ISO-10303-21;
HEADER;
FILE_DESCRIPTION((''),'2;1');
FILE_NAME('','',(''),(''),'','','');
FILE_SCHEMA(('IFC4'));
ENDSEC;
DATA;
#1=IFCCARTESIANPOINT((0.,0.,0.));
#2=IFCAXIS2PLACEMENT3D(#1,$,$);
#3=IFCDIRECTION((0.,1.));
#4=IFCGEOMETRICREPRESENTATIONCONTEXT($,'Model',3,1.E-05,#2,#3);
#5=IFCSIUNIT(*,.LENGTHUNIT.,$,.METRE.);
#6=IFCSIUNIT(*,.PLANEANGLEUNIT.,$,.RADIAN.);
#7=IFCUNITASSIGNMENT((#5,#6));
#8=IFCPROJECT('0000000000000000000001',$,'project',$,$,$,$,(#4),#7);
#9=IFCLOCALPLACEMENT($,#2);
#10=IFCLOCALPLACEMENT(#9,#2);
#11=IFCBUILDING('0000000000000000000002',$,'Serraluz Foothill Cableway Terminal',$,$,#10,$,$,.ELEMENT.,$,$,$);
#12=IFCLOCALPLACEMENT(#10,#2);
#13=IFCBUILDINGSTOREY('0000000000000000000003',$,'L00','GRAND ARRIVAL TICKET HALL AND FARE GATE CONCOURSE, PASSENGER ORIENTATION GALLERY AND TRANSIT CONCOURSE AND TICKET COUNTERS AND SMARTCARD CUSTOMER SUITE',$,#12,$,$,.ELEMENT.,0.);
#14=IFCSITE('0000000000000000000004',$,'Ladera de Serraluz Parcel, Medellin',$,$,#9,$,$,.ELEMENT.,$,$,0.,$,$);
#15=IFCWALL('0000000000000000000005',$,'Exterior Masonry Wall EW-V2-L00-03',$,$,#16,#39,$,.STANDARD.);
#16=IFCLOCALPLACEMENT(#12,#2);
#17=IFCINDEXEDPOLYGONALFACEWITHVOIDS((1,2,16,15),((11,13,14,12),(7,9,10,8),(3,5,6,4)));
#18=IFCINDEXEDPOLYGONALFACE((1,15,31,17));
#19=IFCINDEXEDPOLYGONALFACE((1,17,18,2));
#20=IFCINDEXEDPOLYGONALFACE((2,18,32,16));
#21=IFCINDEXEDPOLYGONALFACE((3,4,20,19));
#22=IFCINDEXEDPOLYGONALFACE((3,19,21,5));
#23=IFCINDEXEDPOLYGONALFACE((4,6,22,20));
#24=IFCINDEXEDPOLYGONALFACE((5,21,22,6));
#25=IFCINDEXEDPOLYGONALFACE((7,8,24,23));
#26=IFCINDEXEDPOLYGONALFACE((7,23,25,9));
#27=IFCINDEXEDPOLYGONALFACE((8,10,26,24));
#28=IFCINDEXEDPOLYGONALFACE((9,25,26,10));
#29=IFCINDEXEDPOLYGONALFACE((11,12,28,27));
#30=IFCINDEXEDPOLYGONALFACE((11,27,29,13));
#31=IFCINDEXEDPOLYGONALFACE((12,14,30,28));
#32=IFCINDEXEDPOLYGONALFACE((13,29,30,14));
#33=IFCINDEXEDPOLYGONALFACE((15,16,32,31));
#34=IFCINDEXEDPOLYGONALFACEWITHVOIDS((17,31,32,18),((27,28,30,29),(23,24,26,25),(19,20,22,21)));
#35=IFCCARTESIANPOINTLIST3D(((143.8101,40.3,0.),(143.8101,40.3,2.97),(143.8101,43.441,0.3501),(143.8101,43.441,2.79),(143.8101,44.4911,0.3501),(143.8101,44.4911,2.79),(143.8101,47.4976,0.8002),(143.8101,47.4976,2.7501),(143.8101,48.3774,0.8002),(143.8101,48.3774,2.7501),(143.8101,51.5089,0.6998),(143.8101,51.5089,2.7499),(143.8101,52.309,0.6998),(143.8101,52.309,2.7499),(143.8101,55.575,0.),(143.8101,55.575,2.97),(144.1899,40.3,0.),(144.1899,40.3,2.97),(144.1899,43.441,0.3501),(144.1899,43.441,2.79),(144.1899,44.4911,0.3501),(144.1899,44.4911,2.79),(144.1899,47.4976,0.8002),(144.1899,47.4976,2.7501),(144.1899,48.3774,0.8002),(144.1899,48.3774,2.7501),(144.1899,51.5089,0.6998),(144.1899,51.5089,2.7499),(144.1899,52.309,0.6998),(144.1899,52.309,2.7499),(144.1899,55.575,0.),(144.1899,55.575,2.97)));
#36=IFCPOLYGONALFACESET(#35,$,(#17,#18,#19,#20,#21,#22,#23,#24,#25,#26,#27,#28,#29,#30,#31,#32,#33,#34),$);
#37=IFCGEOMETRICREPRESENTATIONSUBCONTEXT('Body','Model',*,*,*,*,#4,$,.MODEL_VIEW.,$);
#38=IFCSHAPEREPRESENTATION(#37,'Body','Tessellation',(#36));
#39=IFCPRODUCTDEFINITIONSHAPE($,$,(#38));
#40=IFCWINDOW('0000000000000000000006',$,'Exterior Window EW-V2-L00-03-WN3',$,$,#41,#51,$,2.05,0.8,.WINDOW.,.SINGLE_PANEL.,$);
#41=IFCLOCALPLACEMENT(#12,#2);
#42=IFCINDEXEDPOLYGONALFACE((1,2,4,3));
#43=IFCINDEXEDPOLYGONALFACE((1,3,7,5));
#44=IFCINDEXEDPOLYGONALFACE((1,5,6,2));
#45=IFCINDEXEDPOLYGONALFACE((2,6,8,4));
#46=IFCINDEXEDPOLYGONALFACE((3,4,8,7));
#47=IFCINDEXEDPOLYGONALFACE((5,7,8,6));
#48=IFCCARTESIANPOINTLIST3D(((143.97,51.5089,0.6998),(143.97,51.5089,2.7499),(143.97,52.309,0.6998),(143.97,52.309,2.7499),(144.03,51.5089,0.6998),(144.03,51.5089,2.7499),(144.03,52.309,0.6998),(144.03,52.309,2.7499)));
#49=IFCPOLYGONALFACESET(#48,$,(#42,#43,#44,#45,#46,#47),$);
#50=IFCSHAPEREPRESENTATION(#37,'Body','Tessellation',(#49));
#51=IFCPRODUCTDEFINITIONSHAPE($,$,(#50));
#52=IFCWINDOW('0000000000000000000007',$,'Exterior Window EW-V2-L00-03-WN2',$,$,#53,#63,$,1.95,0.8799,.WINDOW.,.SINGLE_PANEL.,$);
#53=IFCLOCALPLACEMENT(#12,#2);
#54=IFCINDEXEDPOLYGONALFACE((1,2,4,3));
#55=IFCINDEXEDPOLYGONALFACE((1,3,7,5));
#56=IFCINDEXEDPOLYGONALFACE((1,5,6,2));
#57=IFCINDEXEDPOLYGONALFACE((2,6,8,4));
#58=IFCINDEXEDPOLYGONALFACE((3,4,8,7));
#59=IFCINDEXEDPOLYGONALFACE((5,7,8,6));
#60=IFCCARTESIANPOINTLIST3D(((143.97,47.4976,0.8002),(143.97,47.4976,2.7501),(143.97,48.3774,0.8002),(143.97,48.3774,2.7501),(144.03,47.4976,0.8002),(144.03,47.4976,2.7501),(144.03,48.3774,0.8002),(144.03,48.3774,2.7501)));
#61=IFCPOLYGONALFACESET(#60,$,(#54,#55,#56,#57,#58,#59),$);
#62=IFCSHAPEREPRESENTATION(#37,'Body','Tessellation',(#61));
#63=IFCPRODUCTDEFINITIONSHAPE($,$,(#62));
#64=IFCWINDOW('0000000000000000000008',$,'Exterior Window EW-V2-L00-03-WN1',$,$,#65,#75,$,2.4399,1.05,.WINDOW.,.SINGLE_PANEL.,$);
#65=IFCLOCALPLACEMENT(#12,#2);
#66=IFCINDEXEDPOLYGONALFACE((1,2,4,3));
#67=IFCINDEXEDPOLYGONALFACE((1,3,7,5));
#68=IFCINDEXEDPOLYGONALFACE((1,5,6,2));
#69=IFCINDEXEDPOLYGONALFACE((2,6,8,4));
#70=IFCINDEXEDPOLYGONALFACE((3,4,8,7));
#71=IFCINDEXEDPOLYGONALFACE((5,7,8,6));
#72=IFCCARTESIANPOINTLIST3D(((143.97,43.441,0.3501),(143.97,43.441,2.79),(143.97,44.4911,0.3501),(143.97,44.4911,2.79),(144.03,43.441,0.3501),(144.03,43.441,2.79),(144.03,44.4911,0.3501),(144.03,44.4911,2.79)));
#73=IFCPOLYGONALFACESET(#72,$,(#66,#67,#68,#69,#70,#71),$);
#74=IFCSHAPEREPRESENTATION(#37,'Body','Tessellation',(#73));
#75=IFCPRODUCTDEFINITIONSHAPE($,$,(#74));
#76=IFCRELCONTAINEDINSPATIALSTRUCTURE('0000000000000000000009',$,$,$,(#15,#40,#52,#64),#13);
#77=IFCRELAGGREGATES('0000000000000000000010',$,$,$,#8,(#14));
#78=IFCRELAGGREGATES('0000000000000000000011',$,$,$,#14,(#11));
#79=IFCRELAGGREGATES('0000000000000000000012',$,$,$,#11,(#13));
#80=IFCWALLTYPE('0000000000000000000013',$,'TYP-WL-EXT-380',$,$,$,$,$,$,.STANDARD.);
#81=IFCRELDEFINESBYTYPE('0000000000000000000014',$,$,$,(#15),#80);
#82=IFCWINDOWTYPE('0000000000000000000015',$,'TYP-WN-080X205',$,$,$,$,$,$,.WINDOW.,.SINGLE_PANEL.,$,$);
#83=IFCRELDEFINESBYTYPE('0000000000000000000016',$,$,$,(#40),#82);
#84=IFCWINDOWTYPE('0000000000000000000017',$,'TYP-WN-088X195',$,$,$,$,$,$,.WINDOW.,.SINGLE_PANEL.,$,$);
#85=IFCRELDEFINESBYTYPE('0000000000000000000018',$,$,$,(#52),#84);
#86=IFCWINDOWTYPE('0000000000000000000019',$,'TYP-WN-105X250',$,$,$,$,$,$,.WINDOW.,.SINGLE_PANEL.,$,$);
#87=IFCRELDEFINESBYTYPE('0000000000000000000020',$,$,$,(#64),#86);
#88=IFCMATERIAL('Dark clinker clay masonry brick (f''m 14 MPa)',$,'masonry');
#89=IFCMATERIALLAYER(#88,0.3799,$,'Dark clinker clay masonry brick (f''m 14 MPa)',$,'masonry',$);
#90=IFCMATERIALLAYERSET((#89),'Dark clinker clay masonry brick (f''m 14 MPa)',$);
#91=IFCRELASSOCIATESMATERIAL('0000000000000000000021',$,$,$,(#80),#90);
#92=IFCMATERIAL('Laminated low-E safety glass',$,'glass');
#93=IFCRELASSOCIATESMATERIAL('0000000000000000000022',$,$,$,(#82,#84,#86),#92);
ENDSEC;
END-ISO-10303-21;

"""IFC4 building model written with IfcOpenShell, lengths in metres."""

from ifc_helpers import new_model, si_unit, direction, frame, frame_2d, origin, place, context, subcontext, project, spatial, rectangle, extrude, material, layer, layer_set, type_object, element, fill, save


model = new_model("IFC4")

# Units and contexts
model_context = context("Model", 3, precision=1e-05, world=origin(), true_north=direction((0.0, 1.0)))
body_context = subcontext(model_context, "Body", "Model", "MODEL_VIEW")
ifc_project = project(units=[si_unit("LENGTHUNIT", "METRE"), si_unit("PLANEANGLEUNIT", "RADIAN")], contexts=[model_context])

# Site, building, storey
site_placement = place(None, origin())
site = spatial("IfcSite", under=ifc_project, at=site_placement, Name="Ladera de Serraluz Parcel, Medellin", CompositionType="ELEMENT", RefElevation=0.0)
building_placement = place(site_placement, origin())
building = spatial("IfcBuilding", under=site, at=building_placement, Name="Serraluz Foothill Cableway Terminal", CompositionType="ELEMENT")
storey_placement = place(building_placement, origin())
storey = spatial("IfcBuildingStorey", under=building, at=storey_placement, Name="L00", Description="GRAND ARRIVAL TICKET HALL AND FARE GATE CONCOURSE, PASSENGER ORIENTATION GALLERY AND TRANSIT CONCOURSE AND TICKET COUNTERS AND SMARTCARD CUSTOMER SUITE", CompositionType="ELEMENT", Elevation=0.0)

# Wall, openings, windows
ifc_material_1 = material(Name="Dark clinker clay masonry brick (f'm 14 MPa)", Category="masonry")
ifc_layer_1 = layer(ifc_material_1, 0.3799, Name="Dark clinker clay masonry brick (f'm 14 MPa)", Category="masonry")
ifc_layer_set_1 = layer_set([ifc_layer_1], Name="Dark clinker clay masonry brick (f'm 14 MPa)")
wall_type = type_object("IfcWallType", Name="TYP-WL-EXT-380", PredefinedType="STANDARD", material=ifc_layer_set_1)
wall_placement = place(storey_placement, frame((144.0, 40.3, 0.0), z_axis=(0.0, 0.0, 1.0), x_axis=(0.0, 1.0, 0.0)))
wall = element("IfcWall", 1, at=wall_placement, inside=storey, type_object=wall_type, Name="Exterior Masonry Wall EW-V2-L00-03", PredefinedType="STANDARD", context=body_context, shape_type="SweptSolid", body=[
    extrude(rectangle(XDim=15.2749, YDim=0.3799, at=frame_2d((7.6375, 0.0))), origin(), (0.0, 0.0, 1.0), 2.97),
])
opening_1_placement = place(wall_placement, frame((3.1411, 0.0, 0.3501)))
opening_1 = element("IfcOpeningElement", 2, at=opening_1_placement, cuts=wall, PredefinedType="OPENING", context=body_context, shape_type="SweptSolid", body=[
    extrude(rectangle(XDim=1.05, YDim=2.4399, at=frame_2d((0.5249, 1.22))), frame((0.0, 0.2, 0.0), z_axis=(0.0, -1.0, 0.0), x_axis=(1.0, 0.0, 0.0)), (0.0, 0.0, 1.0), 0.3999),
])
opening_2_placement = place(wall_placement, frame((7.1975, 0.0, 0.8)))
opening_2 = element("IfcOpeningElement", 3, at=opening_2_placement, cuts=wall, PredefinedType="OPENING", context=body_context, shape_type="SweptSolid", body=[
    extrude(rectangle(XDim=0.8799, YDim=1.95, at=frame_2d((0.4399, 0.9751))), frame((0.0, 0.2, 0.0), z_axis=(0.0, -1.0, 0.0), x_axis=(1.0, 0.0, 0.0)), (0.0, 0.0, 1.0), 0.3999),
])
opening_3_placement = place(wall_placement, frame((11.209, 0.0, 0.7)))
opening_3 = element("IfcOpeningElement", 4, at=opening_3_placement, cuts=wall, PredefinedType="OPENING", context=body_context, shape_type="SweptSolid", body=[
    extrude(rectangle(XDim=0.8, YDim=2.05, at=frame_2d((0.3999, 1.0249))), frame((0.0, 0.2, 0.0), z_axis=(0.0, -1.0, 0.0), x_axis=(1.0, 0.0, 0.0)), (0.0, 0.0, 1.0), 0.3999),
])
ifc_material_2 = material(Name="Laminated low-E safety glass", Category="glass")
window_type_1 = type_object("IfcWindowType", Name="TYP-WN-080X205", PartitioningType="SINGLE_PANEL", PredefinedType="WINDOW", material=ifc_material_2)
window_1_placement = place(opening_3_placement, origin())
window_1 = element("IfcWindow", 5, at=window_1_placement, inside=storey, type_object=window_type_1, Name="Exterior Window EW-V2-L00-03-WN3", OverallHeight=2.05, OverallWidth=0.8, PartitioningType="SINGLE_PANEL", PredefinedType="WINDOW", context=body_context, shape_type="SweptSolid", body=[
    extrude(rectangle(XDim=0.8, YDim=2.05, at=frame_2d((0.3999, 1.0249))), frame((0.0, 0.03, 0.0), z_axis=(0.0, -1.0, 0.0), x_axis=(1.0, 0.0, 0.0)), (0.0, 0.0, 1.0), 0.0601),
])
fill(opening_3, window_1)
window_type_2 = type_object("IfcWindowType", Name="TYP-WN-088X195", PartitioningType="SINGLE_PANEL", PredefinedType="WINDOW", material=ifc_material_2)
window_2_placement = place(opening_2_placement, origin())
window_2 = element("IfcWindow", 6, at=window_2_placement, inside=storey, type_object=window_type_2, Name="Exterior Window EW-V2-L00-03-WN2", OverallHeight=1.95, OverallWidth=0.8799, PartitioningType="SINGLE_PANEL", PredefinedType="WINDOW", context=body_context, shape_type="SweptSolid", body=[
    extrude(rectangle(XDim=0.8799, YDim=1.95, at=frame_2d((0.4399, 0.9751))), frame((0.0, 0.03, 0.0), z_axis=(0.0, -1.0, 0.0), x_axis=(1.0, 0.0, 0.0)), (0.0, 0.0, 1.0), 0.0601),
])
fill(opening_2, window_2)
window_type_3 = type_object("IfcWindowType", Name="TYP-WN-105X250", PartitioningType="SINGLE_PANEL", PredefinedType="WINDOW", material=ifc_material_2)
window_3_placement = place(opening_1_placement, origin())
window_3 = element("IfcWindow", 7, at=window_3_placement, inside=storey, type_object=window_type_3, Name="Exterior Window EW-V2-L00-03-WN1", OverallHeight=2.4399, OverallWidth=1.05, PartitioningType="SINGLE_PANEL", PredefinedType="WINDOW", context=body_context, shape_type="SweptSolid", body=[
    extrude(rectangle(XDim=1.05, YDim=2.4399, at=frame_2d((0.5249, 1.22))), frame((0.0, 0.03, 0.0), z_axis=(0.0, -1.0, 0.0), x_axis=(1.0, 0.0, 0.0)), (0.0, 0.0, 1.0), 0.0601),
])
fill(opening_1, window_3)

save(model, "model.ifc")
